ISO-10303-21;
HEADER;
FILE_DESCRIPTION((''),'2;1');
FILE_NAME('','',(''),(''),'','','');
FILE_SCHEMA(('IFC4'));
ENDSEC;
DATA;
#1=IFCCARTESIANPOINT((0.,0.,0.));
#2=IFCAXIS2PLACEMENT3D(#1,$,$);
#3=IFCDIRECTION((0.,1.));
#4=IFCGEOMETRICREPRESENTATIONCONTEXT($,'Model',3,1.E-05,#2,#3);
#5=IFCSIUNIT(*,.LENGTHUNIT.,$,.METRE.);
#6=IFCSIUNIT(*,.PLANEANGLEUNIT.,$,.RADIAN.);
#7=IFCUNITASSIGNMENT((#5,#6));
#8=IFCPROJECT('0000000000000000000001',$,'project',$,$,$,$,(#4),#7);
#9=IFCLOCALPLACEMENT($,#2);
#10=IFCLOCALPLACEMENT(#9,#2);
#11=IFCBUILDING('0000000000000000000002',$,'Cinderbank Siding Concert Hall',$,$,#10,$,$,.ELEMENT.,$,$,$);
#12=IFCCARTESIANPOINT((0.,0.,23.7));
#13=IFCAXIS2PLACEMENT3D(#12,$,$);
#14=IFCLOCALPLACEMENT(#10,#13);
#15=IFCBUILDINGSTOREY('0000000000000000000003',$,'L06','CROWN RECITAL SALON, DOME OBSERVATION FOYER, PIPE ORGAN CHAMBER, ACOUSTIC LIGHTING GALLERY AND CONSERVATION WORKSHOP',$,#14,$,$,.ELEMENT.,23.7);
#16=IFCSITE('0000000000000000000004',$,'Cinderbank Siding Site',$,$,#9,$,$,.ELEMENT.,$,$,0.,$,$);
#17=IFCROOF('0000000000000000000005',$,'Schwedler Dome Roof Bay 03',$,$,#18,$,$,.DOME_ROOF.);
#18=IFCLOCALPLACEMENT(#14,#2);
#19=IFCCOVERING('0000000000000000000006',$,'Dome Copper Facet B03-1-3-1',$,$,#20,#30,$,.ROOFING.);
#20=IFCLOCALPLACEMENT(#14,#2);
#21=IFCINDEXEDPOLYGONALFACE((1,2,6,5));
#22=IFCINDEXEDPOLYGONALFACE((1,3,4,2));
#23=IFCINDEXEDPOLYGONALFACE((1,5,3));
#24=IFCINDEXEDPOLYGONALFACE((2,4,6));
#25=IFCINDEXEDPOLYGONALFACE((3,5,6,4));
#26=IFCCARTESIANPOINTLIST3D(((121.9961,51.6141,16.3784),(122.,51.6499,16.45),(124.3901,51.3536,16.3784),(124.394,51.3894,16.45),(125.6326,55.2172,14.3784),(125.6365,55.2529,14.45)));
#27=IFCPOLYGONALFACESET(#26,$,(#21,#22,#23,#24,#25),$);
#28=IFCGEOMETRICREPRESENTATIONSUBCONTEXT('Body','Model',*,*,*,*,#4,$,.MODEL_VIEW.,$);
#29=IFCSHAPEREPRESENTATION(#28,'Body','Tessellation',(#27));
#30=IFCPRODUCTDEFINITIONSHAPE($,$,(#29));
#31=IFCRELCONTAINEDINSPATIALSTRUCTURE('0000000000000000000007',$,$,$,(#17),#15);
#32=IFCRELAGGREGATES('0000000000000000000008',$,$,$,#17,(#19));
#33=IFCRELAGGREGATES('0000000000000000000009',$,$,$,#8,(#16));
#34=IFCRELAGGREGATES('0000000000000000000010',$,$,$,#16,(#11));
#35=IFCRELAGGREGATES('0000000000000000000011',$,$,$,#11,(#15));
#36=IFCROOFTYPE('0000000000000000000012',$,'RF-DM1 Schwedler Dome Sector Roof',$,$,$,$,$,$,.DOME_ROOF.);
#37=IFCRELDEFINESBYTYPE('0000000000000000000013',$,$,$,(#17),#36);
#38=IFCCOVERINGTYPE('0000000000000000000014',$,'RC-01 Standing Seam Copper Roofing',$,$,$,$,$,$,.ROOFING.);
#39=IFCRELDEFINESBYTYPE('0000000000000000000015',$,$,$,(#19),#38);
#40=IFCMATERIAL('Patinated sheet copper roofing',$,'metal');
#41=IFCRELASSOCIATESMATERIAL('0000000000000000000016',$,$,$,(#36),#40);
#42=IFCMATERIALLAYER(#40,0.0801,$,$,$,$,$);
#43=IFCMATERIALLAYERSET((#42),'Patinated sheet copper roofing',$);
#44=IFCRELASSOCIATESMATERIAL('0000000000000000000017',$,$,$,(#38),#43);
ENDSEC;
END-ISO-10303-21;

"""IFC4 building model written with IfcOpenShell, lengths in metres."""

from ifc_helpers import new_model, si_unit, direction, frame, origin, place, context, subcontext, project, spatial, polyline, outline, extrude, material, layer, layer_set, type_object, element, aggregate, save


model = new_model("IFC4")

# Units and contexts
model_context = context("Model", 3, precision=1e-05, world=origin(), true_north=direction((0.0, 1.0)))
body_context = subcontext(model_context, "Body", "Model", "MODEL_VIEW")
ifc_project = project(units=[si_unit("LENGTHUNIT", "METRE"), si_unit("PLANEANGLEUNIT", "RADIAN")], contexts=[model_context])

# Site, building, storey
site_placement = place(None, origin())
site = spatial("IfcSite", under=ifc_project, at=site_placement, Name="Cinderbank Siding Site", CompositionType="ELEMENT", RefElevation=0.0)
building_placement = place(site_placement, origin())
building = spatial("IfcBuilding", under=site, at=building_placement, Name="Cinderbank Siding Concert Hall", CompositionType="ELEMENT")
storey_placement = place(building_placement, frame((0.0, 0.0, 23.7)))
storey = spatial("IfcBuildingStorey", under=building, at=storey_placement, Name="L06", Description="CROWN RECITAL SALON, DOME OBSERVATION FOYER, PIPE ORGAN CHAMBER, ACOUSTIC LIGHTING GALLERY AND CONSERVATION WORKSHOP", CompositionType="ELEMENT", Elevation=23.7)

# Roof, covering
ifc_material_1 = material(Name="Patinated sheet copper roofing", Category="metal")
roof_type = type_object("IfcRoofType", Name="RF-DM1 Schwedler Dome Sector Roof", PredefinedType="DOME_ROOF", material=ifc_material_1)
roof_placement = place(storey_placement, origin())
roof = element("IfcRoof", 1, at=roof_placement, inside=storey, type_object=roof_type, Name="Schwedler Dome Roof Bay 03", PredefinedType="DOME_ROOF")
ifc_layer_1 = layer(ifc_material_1, 0.0801)
ifc_layer_set_1 = layer_set([ifc_layer_1], Name="Patinated sheet copper roofing")
covering_type = type_object("IfcCoveringType", Name="RC-01 Standing Seam Copper Roofing", PredefinedType="ROOFING", material=ifc_layer_set_1)
covering_1_placement = place(storey_placement, frame((125.6365, 55.2529, 14.45), z_axis=(0.048617, 0.4468, 0.893312), x_axis=(-0.661661, -0.655576, 0.363903)))
covering_1 = element("IfcCovering", 2, at=covering_1_placement, type_object=covering_type, Name="Dome Copper Facet B03-1-3-1", PredefinedType="ROOFING", context=body_context, shape_type="SweptSolid", body=[
    extrude(outline(polyline([(0.0, 0.0), (5.496, 0.0), (4.0827, 1.9499), (0.0, 0.0)])), origin(), (0.0, 0.0, -1.0), 0.0801),
])
aggregate(roof, [covering_1])

save(model, "model.ifc")
